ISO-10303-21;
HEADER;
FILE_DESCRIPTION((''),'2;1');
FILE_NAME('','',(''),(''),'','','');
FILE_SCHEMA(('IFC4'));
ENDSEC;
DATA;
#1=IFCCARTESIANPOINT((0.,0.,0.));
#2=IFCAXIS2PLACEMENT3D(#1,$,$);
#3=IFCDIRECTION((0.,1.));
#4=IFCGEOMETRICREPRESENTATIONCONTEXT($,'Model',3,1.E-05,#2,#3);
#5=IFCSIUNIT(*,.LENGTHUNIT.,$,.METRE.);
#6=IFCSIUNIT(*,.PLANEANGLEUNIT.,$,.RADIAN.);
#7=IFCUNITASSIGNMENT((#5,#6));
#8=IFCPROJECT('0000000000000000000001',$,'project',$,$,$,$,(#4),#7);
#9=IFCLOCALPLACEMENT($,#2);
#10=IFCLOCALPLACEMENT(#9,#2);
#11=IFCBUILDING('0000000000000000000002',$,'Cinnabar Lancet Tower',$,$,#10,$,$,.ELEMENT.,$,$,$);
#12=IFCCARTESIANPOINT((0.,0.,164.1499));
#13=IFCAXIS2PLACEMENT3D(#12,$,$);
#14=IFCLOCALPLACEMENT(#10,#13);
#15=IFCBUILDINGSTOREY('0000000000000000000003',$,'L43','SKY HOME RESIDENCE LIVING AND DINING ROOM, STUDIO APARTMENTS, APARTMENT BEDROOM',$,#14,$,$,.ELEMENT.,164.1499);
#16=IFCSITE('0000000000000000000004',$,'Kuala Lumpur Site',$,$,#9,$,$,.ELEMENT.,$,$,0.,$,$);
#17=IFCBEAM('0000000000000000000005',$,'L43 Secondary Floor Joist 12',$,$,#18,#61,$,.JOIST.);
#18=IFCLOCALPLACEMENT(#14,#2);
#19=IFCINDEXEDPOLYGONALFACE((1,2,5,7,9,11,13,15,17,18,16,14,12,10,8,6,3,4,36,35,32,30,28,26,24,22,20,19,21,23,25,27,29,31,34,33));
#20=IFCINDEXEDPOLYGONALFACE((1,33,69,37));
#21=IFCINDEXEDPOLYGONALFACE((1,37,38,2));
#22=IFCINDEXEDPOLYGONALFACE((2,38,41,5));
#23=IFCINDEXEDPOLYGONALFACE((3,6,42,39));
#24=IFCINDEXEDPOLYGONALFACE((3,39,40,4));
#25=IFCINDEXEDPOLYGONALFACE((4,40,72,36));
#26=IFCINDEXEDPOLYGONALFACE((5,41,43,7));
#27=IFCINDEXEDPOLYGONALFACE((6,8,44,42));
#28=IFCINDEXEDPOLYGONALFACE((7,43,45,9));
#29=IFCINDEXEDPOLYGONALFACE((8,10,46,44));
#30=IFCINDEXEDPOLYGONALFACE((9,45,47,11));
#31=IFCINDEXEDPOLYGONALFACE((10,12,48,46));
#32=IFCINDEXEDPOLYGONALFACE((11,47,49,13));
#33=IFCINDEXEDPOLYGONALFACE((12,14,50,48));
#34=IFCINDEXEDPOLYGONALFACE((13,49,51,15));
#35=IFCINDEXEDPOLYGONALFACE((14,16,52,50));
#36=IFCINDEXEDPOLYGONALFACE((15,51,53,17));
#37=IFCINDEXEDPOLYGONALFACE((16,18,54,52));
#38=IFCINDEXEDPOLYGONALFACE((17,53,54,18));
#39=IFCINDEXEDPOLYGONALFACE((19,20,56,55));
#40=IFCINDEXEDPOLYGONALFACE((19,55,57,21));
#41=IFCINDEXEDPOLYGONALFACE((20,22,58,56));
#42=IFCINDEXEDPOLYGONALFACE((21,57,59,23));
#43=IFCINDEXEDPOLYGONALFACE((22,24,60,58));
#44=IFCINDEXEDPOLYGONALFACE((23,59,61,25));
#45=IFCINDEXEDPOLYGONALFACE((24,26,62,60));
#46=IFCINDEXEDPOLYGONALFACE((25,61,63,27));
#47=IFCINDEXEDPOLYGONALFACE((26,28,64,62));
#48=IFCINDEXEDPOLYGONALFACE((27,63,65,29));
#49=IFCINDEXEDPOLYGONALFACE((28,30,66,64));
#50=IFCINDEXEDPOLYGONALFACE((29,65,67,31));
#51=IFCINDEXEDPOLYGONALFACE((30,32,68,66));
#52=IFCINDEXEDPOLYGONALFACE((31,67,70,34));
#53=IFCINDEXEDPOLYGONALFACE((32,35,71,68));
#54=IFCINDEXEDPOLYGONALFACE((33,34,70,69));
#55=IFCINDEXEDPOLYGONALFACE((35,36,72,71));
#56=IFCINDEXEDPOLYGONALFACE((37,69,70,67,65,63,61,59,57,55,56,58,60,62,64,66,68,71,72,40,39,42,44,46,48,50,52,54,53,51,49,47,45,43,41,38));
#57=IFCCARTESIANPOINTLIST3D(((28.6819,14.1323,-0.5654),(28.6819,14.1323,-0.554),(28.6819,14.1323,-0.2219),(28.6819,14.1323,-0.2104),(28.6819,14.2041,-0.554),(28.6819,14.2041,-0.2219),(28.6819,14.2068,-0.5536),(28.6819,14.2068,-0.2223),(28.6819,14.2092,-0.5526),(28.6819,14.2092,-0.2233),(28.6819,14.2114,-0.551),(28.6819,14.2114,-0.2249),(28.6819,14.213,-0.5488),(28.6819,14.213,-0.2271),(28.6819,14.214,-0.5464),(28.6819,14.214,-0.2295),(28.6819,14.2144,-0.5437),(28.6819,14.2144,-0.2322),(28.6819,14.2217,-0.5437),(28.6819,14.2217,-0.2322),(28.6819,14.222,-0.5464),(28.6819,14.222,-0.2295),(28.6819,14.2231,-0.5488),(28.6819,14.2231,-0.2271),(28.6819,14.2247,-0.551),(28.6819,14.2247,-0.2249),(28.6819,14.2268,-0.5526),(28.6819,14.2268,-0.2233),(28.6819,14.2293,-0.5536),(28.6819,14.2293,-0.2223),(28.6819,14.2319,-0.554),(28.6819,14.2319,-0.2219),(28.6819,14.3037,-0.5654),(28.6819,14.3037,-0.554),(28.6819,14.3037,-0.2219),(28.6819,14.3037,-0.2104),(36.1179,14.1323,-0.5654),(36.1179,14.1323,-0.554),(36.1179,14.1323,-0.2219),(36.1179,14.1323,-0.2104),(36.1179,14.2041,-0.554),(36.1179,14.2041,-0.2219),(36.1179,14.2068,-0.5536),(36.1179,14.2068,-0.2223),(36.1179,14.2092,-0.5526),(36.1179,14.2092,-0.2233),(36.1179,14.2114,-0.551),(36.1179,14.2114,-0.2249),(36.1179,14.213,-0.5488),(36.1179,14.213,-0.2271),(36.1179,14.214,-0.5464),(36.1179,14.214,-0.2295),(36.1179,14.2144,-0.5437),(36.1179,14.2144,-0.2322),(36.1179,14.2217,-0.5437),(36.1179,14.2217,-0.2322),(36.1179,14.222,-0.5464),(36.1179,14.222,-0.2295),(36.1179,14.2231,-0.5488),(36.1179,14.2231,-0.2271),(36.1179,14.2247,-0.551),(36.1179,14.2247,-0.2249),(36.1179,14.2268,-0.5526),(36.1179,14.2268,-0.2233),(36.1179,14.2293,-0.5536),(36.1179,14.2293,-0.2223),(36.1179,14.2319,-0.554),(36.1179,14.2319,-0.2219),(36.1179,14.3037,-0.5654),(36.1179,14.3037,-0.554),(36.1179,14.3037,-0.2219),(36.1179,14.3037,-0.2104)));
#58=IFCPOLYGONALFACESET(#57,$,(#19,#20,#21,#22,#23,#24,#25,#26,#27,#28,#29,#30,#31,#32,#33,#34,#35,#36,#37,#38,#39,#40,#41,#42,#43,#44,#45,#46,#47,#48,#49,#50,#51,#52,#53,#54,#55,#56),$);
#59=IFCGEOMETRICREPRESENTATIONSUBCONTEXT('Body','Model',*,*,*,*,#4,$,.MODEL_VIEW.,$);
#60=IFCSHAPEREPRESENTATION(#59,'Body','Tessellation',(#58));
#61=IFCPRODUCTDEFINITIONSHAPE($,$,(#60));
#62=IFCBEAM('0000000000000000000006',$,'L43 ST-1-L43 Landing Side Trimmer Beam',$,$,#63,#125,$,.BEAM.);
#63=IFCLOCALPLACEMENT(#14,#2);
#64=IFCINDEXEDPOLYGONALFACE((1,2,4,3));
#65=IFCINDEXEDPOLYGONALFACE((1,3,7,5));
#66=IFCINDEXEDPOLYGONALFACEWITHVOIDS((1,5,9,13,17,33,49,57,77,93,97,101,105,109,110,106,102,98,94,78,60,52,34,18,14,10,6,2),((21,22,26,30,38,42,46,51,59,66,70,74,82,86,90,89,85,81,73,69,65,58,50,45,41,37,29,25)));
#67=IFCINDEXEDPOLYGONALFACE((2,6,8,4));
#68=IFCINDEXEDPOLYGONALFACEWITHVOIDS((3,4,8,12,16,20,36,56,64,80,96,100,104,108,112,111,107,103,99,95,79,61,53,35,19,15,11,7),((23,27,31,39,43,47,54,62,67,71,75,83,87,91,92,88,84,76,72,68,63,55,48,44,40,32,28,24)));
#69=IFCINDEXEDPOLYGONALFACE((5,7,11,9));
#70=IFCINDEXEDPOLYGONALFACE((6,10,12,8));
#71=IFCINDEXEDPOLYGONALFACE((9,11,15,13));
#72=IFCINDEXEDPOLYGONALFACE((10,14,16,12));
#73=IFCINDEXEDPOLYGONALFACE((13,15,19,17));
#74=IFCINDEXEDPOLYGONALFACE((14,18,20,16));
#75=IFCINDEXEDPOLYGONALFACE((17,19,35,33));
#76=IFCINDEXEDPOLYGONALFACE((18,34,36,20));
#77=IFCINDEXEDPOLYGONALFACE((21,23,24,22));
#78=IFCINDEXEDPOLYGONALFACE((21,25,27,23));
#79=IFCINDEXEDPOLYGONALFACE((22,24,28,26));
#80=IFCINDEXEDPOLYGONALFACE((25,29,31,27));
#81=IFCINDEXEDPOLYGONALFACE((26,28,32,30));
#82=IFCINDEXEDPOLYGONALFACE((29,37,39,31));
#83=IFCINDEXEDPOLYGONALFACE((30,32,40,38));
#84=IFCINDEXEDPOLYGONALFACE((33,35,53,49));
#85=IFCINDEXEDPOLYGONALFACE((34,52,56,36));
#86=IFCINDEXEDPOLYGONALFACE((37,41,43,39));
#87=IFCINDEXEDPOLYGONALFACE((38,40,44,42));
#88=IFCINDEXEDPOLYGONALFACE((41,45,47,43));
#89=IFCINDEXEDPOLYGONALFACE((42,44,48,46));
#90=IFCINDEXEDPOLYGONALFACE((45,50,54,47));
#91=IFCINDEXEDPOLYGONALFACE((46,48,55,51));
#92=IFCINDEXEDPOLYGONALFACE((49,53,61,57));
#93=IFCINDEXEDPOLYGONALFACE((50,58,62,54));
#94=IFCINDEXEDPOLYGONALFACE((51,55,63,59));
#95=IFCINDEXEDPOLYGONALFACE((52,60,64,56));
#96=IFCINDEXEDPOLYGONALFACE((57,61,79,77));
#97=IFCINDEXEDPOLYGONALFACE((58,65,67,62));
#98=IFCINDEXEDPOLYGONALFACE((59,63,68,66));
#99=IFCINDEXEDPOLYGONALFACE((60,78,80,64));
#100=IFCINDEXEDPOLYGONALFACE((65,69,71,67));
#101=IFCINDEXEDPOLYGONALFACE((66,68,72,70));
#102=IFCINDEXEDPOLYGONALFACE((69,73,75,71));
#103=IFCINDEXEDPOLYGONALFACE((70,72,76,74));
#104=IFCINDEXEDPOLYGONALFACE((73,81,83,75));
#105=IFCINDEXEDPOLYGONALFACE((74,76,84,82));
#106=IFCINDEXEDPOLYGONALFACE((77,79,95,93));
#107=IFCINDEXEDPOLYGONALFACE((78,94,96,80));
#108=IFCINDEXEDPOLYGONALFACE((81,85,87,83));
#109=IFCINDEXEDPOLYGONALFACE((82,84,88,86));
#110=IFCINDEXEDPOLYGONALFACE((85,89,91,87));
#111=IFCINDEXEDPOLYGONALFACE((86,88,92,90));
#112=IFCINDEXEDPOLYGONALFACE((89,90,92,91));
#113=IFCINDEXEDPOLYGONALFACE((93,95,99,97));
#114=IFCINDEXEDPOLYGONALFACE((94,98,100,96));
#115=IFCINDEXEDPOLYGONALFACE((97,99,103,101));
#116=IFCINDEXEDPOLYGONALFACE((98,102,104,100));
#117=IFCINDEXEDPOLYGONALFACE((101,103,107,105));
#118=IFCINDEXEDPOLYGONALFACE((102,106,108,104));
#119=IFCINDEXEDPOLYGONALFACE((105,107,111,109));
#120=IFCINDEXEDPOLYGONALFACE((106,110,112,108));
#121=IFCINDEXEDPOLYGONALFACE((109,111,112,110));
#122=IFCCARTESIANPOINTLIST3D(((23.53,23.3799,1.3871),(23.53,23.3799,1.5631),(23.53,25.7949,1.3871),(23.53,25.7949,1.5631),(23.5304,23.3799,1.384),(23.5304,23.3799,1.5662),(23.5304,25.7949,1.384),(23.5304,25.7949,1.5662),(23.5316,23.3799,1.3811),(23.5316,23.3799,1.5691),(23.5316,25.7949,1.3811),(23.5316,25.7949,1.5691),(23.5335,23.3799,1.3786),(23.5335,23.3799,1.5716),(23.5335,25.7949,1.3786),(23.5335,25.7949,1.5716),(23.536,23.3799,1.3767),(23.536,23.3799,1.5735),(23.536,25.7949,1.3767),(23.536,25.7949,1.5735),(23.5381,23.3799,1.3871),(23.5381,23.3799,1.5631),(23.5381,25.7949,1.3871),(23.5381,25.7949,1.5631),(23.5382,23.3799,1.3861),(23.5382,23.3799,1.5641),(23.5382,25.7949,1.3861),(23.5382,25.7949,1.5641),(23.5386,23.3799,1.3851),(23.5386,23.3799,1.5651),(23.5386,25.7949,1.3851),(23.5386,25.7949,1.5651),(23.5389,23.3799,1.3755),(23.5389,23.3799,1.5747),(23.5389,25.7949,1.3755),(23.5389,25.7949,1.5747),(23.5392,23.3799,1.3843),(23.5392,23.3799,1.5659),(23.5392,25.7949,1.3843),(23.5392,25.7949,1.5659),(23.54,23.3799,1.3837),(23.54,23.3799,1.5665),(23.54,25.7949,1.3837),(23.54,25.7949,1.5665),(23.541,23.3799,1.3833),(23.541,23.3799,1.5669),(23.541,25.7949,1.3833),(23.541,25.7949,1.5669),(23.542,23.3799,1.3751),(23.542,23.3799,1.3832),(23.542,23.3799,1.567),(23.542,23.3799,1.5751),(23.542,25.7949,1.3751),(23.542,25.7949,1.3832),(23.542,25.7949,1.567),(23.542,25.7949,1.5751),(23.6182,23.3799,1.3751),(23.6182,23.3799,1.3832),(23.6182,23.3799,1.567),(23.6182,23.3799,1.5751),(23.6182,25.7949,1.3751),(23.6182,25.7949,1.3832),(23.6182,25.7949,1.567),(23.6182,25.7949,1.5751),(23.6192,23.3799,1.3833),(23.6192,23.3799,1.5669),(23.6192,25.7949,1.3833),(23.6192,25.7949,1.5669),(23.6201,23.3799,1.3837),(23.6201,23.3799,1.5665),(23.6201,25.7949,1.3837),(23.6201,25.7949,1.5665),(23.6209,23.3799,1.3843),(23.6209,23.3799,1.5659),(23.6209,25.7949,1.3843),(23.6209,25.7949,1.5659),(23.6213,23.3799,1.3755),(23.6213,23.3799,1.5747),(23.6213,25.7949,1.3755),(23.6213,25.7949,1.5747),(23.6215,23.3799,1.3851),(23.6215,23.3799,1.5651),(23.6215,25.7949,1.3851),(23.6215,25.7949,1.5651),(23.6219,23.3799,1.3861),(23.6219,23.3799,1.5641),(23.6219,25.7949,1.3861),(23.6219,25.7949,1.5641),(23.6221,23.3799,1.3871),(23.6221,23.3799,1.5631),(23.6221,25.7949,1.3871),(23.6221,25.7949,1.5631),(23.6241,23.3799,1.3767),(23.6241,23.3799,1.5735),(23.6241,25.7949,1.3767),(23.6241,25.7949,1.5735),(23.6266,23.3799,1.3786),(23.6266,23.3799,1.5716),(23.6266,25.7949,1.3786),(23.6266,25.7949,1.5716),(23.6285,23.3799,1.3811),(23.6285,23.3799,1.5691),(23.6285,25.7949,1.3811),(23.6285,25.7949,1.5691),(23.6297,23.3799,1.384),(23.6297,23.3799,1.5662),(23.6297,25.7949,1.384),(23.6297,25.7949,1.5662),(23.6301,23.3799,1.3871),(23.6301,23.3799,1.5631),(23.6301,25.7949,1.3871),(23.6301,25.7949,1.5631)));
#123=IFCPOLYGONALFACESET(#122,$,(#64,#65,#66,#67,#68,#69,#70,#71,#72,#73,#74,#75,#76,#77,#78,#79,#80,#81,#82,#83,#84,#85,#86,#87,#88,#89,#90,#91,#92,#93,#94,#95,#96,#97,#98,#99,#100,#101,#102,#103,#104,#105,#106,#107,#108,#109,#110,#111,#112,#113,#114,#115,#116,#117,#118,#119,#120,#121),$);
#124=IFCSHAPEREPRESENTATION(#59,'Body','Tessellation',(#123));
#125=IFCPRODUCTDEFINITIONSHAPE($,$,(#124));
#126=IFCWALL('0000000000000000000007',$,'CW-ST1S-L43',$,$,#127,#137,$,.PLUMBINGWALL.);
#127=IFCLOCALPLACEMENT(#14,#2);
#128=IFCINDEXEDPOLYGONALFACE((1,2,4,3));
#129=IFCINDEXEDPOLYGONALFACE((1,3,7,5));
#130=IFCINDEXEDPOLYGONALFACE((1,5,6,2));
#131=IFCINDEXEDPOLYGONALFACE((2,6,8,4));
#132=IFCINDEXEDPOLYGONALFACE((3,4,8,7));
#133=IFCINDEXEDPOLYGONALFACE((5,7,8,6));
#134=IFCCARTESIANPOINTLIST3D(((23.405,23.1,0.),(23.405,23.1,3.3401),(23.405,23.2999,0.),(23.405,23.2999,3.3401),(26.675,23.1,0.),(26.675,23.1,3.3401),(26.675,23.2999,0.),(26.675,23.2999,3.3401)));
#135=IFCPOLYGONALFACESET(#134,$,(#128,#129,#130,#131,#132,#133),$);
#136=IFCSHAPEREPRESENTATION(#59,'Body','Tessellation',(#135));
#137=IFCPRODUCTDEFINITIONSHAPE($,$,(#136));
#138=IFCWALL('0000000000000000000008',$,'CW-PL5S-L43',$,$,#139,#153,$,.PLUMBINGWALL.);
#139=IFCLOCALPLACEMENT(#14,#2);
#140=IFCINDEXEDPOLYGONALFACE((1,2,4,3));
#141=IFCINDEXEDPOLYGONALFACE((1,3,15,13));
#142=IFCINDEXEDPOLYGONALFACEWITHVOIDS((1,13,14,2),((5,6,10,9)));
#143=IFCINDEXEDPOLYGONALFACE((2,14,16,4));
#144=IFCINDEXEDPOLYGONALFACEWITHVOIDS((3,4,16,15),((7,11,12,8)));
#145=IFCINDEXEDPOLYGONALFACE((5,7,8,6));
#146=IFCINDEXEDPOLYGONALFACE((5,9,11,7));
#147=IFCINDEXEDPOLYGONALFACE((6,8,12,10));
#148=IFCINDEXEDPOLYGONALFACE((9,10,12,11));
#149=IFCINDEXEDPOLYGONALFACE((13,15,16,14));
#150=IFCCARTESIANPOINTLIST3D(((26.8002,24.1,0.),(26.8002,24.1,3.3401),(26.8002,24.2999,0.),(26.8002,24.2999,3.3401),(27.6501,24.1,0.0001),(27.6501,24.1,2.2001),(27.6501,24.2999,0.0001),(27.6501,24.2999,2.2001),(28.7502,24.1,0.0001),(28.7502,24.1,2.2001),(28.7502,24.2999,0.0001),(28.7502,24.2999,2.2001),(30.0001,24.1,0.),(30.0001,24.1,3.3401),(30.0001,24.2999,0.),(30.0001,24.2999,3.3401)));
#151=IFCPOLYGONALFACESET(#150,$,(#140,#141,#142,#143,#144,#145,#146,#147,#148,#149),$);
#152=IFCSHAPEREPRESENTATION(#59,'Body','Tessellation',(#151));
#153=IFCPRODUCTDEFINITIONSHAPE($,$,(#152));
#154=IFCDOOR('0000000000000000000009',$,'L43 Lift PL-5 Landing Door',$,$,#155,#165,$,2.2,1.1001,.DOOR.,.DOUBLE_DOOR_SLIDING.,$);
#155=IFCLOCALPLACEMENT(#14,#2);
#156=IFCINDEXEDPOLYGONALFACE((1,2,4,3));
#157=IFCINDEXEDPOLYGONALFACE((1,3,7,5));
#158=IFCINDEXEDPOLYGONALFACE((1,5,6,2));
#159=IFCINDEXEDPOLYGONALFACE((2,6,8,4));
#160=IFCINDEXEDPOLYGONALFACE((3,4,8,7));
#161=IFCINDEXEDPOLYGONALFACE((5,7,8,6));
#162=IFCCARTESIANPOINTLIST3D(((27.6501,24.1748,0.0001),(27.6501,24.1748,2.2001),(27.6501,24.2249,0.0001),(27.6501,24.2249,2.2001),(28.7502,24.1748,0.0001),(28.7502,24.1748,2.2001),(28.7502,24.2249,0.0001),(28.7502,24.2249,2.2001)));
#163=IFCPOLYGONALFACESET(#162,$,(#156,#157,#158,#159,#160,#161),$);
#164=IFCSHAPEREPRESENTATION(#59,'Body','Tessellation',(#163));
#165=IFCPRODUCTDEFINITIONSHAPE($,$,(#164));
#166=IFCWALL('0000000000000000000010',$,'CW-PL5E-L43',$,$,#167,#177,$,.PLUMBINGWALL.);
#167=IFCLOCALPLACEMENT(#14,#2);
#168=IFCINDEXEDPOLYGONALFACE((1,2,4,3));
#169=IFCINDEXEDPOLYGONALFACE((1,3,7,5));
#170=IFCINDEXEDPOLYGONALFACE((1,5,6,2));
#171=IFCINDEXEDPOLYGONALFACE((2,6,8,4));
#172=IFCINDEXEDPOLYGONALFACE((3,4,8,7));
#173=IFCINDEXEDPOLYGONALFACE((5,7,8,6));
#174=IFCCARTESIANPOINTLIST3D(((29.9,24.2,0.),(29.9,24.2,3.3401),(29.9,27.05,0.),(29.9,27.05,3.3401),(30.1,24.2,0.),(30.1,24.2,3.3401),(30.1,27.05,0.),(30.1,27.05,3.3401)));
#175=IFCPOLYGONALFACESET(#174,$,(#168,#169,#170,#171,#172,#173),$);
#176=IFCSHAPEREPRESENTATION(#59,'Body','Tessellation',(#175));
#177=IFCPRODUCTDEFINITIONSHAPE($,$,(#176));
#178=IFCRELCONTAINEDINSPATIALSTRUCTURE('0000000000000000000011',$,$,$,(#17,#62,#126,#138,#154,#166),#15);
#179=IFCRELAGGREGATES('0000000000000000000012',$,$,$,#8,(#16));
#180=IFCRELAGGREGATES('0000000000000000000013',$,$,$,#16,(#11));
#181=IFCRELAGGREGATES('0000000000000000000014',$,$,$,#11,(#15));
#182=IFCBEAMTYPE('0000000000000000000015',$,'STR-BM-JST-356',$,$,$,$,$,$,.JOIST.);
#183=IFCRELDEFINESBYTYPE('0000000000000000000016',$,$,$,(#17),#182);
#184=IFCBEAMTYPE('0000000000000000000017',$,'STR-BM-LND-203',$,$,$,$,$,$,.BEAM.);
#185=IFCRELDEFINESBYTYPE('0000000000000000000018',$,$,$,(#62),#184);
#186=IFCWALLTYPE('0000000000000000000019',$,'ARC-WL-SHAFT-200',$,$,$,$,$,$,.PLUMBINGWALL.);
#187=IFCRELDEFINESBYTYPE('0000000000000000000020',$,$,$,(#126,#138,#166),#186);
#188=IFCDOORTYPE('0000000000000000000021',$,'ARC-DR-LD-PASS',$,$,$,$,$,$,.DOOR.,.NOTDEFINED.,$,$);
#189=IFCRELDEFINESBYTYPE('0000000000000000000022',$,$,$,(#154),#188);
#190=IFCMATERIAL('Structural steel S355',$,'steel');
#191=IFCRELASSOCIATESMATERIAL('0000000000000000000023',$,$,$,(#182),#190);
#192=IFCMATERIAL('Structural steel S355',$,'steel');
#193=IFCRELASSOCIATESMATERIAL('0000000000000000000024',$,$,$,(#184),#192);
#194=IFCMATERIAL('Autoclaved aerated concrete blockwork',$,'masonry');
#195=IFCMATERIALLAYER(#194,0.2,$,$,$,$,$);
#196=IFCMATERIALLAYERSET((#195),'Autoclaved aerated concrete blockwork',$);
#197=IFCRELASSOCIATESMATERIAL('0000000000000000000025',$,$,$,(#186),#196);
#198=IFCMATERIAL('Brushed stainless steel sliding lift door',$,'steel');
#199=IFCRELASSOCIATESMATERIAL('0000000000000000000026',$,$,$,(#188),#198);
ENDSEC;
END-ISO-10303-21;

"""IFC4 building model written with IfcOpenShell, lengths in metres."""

from ifc_helpers import new_model, si_unit, direction, frame, frame_2d, origin, origin_2d, place, context, subcontext, project, spatial, rectangle, hollow_rectangle, i_section, extrude, material, layer, layer_set, material_profile, profile_set, type_object, element, fill, save


model = new_model("IFC4")

# Units and contexts
model_context = context("Model", 3, precision=1e-05, world=origin(), true_north=direction((0.0, 1.0)))
body_context = subcontext(model_context, "Body", "Model", "MODEL_VIEW")
ifc_project = project(units=[si_unit("LENGTHUNIT", "METRE"), si_unit("PLANEANGLEUNIT", "RADIAN")], contexts=[model_context])

# Site, building, storey
site_placement = place(None, origin())
site = spatial("IfcSite", under=ifc_project, at=site_placement, Name="Kuala Lumpur Site", CompositionType="ELEMENT", RefElevation=0.0)
building_placement = place(site_placement, origin())
building = spatial("IfcBuilding", under=site, at=building_placement, Name="Cinnabar Lancet Tower", CompositionType="ELEMENT")
storey_placement = place(building_placement, frame((0.0, 0.0, 164.1499)))
storey = spatial("IfcBuildingStorey", under=building, at=storey_placement, Name="L43", Description="SKY HOME RESIDENCE LIVING AND DINING ROOM, STUDIO APARTMENTS, APARTMENT BEDROOM", CompositionType="ELEMENT", Elevation=164.1499)

# Beams
ifc_material_1 = material(Name="Structural steel S355", Category="steel")
ifc_material_profile_1 = material_profile(ifc_material_1, i_section(OverallWidth=0.1714, OverallDepth=0.355, WebThickness=0.0073, FlangeThickness=0.0115, FilletRadius=0.0103, at=origin_2d()), Name="UKB 356x171x51")
ifc_profile_set_1 = profile_set([ifc_material_profile_1], Name="Structural steel S355")
beam_type_1 = type_object("IfcBeamType", Name="STR-BM-JST-356", PredefinedType="JOIST", material=ifc_profile_set_1)
beam_1_placement = place(storey_placement, frame((28.6819, 14.218, -0.3879), z_axis=(1.0, 0.0, 0.0), x_axis=(0.0, 1.0, 0.0)))
element("IfcBeam", 1, at=beam_1_placement, inside=storey, type_object=beam_type_1, Name="L43 Secondary Floor Joist 12", PredefinedType="JOIST", context=body_context, shape_type="SweptSolid", body=[
    extrude(i_section(OverallWidth=0.1714, OverallDepth=0.355, WebThickness=0.0073, FlangeThickness=0.0115, FilletRadius=0.0103, at=origin_2d()), origin(), (0.0, 0.0, 1.0), 7.436),
])
ifc_material_2 = material(Name="Structural steel S355", Category="steel")
ifc_material_profile_2 = material_profile(ifc_material_2, hollow_rectangle(XDim=0.1001, YDim=0.2, WallThickness=0.0081, InnerFilletRadius=0.0039, OuterFilletRadius=0.012, at=origin_2d()), Name="RHS 200x100x8")
ifc_profile_set_2 = profile_set([ifc_material_profile_2], Name="Structural steel S355")
beam_type_2 = type_object("IfcBeamType", Name="STR-BM-LND-203", PredefinedType="BEAM", material=ifc_profile_set_2)
beam_2_placement = place(storey_placement, frame((23.5801, 23.3799, 1.4751), z_axis=(0.0, 1.0, 0.0), x_axis=(-1.0, 0.0, 0.0)))
element("IfcBeam", 2, at=beam_2_placement, inside=storey, type_object=beam_type_2, Name="L43 ST-1-L43 Landing Side Trimmer Beam", PredefinedType="BEAM", context=body_context, shape_type="SweptSolid", body=[
    extrude(hollow_rectangle(XDim=0.1001, YDim=0.2, WallThickness=0.0081, InnerFilletRadius=0.0039, OuterFilletRadius=0.012, at=origin_2d()), origin(), (0.0, 0.0, 1.0), 2.415),
])

# Wall
ifc_material_3 = material(Name="Autoclaved aerated concrete blockwork", Category="masonry")
ifc_layer_1 = layer(ifc_material_3, 0.2)
ifc_layer_set_1 = layer_set([ifc_layer_1], Name="Autoclaved aerated concrete blockwork")
wall_type_1 = type_object("IfcWallType", Name="ARC-WL-SHAFT-200", PredefinedType="PLUMBINGWALL", material=ifc_layer_set_1)
wall_1_placement = place(storey_placement, frame((23.405, 23.2, 0.0), z_axis=(0.0, 0.0, 1.0), x_axis=(1.0, 0.0, 0.0)))
element("IfcWall", 3, at=wall_1_placement, inside=storey, type_object=wall_type_1, Name="CW-ST1S-L43", PredefinedType="PLUMBINGWALL", context=body_context, shape_type="SweptSolid", body=[
    extrude(rectangle(XDim=3.27, YDim=0.2, at=frame_2d((1.635, 0.0))), origin(), (0.0, 0.0, 1.0), 3.3401),
])

# Wall, opening, door
wall_2_placement = place(storey_placement, frame((26.8, 24.2, 0.0), z_axis=(0.0, 0.0, 1.0), x_axis=(1.0, 0.0, 0.0)))
wall_2 = element("IfcWall", 4, at=wall_2_placement, inside=storey, type_object=wall_type_1, Name="CW-PL5S-L43", PredefinedType="PLUMBINGWALL", context=body_context, shape_type="SweptSolid", body=[
    extrude(rectangle(XDim=3.2, YDim=0.2, at=frame_2d((1.6001, 0.0))), origin(), (0.0, 0.0, 1.0), 3.3401),
])
opening_1_placement = place(wall_2_placement, frame((0.8501, 0.0, 0.0)))
opening_1 = element("IfcOpeningElement", 5, at=opening_1_placement, cuts=wall_2, PredefinedType="OPENING", context=body_context, shape_type="SweptSolid", body=[
    extrude(rectangle(XDim=1.1001, YDim=2.2, at=frame_2d((0.55, 1.1001))), frame((0.0, 0.1099, 0.0), z_axis=(0.0, -1.0, 0.0), x_axis=(1.0, 0.0, 0.0)), (0.0, 0.0, 1.0), 0.22),
])
ifc_material_4 = material(Name="Brushed stainless steel sliding lift door", Category="steel")
door_type_1 = type_object("IfcDoorType", Name="ARC-DR-LD-PASS", OperationType="NOTDEFINED", PredefinedType="DOOR", material=ifc_material_4)
door_1_placement = place(opening_1_placement, origin())
door_1 = element("IfcDoor", 6, at=door_1_placement, inside=storey, type_object=door_type_1, Name="L43 Lift PL-5 Landing Door", OperationType="DOUBLE_DOOR_SLIDING", OverallHeight=2.2, OverallWidth=1.1001, PredefinedType="DOOR", context=body_context, shape_type="SweptSolid", body=[
    extrude(rectangle(XDim=1.1001, YDim=2.2, at=frame_2d((0.55, 1.1001))), frame((0.0, 0.0249, 0.0), z_axis=(0.0, -1.0, 0.0), x_axis=(1.0, 0.0, 0.0)), (0.0, 0.0, 1.0), 0.05),
])
fill(opening_1, door_1)

# Wall
wall_3_placement = place(storey_placement, frame((30.0, 24.2, 0.0), z_axis=(0.0, 0.0, 1.0), x_axis=(0.0, 1.0, 0.0)))
element("IfcWall", 7, at=wall_3_placement, inside=storey, type_object=wall_type_1, Name="CW-PL5E-L43", PredefinedType="PLUMBINGWALL", context=body_context, shape_type="SweptSolid", body=[
    extrude(rectangle(XDim=2.8501, YDim=0.2, at=frame_2d((1.425, 0.0))), origin(), (0.0, 0.0, 1.0), 3.3401),
])

save(model, "model.ifc")
